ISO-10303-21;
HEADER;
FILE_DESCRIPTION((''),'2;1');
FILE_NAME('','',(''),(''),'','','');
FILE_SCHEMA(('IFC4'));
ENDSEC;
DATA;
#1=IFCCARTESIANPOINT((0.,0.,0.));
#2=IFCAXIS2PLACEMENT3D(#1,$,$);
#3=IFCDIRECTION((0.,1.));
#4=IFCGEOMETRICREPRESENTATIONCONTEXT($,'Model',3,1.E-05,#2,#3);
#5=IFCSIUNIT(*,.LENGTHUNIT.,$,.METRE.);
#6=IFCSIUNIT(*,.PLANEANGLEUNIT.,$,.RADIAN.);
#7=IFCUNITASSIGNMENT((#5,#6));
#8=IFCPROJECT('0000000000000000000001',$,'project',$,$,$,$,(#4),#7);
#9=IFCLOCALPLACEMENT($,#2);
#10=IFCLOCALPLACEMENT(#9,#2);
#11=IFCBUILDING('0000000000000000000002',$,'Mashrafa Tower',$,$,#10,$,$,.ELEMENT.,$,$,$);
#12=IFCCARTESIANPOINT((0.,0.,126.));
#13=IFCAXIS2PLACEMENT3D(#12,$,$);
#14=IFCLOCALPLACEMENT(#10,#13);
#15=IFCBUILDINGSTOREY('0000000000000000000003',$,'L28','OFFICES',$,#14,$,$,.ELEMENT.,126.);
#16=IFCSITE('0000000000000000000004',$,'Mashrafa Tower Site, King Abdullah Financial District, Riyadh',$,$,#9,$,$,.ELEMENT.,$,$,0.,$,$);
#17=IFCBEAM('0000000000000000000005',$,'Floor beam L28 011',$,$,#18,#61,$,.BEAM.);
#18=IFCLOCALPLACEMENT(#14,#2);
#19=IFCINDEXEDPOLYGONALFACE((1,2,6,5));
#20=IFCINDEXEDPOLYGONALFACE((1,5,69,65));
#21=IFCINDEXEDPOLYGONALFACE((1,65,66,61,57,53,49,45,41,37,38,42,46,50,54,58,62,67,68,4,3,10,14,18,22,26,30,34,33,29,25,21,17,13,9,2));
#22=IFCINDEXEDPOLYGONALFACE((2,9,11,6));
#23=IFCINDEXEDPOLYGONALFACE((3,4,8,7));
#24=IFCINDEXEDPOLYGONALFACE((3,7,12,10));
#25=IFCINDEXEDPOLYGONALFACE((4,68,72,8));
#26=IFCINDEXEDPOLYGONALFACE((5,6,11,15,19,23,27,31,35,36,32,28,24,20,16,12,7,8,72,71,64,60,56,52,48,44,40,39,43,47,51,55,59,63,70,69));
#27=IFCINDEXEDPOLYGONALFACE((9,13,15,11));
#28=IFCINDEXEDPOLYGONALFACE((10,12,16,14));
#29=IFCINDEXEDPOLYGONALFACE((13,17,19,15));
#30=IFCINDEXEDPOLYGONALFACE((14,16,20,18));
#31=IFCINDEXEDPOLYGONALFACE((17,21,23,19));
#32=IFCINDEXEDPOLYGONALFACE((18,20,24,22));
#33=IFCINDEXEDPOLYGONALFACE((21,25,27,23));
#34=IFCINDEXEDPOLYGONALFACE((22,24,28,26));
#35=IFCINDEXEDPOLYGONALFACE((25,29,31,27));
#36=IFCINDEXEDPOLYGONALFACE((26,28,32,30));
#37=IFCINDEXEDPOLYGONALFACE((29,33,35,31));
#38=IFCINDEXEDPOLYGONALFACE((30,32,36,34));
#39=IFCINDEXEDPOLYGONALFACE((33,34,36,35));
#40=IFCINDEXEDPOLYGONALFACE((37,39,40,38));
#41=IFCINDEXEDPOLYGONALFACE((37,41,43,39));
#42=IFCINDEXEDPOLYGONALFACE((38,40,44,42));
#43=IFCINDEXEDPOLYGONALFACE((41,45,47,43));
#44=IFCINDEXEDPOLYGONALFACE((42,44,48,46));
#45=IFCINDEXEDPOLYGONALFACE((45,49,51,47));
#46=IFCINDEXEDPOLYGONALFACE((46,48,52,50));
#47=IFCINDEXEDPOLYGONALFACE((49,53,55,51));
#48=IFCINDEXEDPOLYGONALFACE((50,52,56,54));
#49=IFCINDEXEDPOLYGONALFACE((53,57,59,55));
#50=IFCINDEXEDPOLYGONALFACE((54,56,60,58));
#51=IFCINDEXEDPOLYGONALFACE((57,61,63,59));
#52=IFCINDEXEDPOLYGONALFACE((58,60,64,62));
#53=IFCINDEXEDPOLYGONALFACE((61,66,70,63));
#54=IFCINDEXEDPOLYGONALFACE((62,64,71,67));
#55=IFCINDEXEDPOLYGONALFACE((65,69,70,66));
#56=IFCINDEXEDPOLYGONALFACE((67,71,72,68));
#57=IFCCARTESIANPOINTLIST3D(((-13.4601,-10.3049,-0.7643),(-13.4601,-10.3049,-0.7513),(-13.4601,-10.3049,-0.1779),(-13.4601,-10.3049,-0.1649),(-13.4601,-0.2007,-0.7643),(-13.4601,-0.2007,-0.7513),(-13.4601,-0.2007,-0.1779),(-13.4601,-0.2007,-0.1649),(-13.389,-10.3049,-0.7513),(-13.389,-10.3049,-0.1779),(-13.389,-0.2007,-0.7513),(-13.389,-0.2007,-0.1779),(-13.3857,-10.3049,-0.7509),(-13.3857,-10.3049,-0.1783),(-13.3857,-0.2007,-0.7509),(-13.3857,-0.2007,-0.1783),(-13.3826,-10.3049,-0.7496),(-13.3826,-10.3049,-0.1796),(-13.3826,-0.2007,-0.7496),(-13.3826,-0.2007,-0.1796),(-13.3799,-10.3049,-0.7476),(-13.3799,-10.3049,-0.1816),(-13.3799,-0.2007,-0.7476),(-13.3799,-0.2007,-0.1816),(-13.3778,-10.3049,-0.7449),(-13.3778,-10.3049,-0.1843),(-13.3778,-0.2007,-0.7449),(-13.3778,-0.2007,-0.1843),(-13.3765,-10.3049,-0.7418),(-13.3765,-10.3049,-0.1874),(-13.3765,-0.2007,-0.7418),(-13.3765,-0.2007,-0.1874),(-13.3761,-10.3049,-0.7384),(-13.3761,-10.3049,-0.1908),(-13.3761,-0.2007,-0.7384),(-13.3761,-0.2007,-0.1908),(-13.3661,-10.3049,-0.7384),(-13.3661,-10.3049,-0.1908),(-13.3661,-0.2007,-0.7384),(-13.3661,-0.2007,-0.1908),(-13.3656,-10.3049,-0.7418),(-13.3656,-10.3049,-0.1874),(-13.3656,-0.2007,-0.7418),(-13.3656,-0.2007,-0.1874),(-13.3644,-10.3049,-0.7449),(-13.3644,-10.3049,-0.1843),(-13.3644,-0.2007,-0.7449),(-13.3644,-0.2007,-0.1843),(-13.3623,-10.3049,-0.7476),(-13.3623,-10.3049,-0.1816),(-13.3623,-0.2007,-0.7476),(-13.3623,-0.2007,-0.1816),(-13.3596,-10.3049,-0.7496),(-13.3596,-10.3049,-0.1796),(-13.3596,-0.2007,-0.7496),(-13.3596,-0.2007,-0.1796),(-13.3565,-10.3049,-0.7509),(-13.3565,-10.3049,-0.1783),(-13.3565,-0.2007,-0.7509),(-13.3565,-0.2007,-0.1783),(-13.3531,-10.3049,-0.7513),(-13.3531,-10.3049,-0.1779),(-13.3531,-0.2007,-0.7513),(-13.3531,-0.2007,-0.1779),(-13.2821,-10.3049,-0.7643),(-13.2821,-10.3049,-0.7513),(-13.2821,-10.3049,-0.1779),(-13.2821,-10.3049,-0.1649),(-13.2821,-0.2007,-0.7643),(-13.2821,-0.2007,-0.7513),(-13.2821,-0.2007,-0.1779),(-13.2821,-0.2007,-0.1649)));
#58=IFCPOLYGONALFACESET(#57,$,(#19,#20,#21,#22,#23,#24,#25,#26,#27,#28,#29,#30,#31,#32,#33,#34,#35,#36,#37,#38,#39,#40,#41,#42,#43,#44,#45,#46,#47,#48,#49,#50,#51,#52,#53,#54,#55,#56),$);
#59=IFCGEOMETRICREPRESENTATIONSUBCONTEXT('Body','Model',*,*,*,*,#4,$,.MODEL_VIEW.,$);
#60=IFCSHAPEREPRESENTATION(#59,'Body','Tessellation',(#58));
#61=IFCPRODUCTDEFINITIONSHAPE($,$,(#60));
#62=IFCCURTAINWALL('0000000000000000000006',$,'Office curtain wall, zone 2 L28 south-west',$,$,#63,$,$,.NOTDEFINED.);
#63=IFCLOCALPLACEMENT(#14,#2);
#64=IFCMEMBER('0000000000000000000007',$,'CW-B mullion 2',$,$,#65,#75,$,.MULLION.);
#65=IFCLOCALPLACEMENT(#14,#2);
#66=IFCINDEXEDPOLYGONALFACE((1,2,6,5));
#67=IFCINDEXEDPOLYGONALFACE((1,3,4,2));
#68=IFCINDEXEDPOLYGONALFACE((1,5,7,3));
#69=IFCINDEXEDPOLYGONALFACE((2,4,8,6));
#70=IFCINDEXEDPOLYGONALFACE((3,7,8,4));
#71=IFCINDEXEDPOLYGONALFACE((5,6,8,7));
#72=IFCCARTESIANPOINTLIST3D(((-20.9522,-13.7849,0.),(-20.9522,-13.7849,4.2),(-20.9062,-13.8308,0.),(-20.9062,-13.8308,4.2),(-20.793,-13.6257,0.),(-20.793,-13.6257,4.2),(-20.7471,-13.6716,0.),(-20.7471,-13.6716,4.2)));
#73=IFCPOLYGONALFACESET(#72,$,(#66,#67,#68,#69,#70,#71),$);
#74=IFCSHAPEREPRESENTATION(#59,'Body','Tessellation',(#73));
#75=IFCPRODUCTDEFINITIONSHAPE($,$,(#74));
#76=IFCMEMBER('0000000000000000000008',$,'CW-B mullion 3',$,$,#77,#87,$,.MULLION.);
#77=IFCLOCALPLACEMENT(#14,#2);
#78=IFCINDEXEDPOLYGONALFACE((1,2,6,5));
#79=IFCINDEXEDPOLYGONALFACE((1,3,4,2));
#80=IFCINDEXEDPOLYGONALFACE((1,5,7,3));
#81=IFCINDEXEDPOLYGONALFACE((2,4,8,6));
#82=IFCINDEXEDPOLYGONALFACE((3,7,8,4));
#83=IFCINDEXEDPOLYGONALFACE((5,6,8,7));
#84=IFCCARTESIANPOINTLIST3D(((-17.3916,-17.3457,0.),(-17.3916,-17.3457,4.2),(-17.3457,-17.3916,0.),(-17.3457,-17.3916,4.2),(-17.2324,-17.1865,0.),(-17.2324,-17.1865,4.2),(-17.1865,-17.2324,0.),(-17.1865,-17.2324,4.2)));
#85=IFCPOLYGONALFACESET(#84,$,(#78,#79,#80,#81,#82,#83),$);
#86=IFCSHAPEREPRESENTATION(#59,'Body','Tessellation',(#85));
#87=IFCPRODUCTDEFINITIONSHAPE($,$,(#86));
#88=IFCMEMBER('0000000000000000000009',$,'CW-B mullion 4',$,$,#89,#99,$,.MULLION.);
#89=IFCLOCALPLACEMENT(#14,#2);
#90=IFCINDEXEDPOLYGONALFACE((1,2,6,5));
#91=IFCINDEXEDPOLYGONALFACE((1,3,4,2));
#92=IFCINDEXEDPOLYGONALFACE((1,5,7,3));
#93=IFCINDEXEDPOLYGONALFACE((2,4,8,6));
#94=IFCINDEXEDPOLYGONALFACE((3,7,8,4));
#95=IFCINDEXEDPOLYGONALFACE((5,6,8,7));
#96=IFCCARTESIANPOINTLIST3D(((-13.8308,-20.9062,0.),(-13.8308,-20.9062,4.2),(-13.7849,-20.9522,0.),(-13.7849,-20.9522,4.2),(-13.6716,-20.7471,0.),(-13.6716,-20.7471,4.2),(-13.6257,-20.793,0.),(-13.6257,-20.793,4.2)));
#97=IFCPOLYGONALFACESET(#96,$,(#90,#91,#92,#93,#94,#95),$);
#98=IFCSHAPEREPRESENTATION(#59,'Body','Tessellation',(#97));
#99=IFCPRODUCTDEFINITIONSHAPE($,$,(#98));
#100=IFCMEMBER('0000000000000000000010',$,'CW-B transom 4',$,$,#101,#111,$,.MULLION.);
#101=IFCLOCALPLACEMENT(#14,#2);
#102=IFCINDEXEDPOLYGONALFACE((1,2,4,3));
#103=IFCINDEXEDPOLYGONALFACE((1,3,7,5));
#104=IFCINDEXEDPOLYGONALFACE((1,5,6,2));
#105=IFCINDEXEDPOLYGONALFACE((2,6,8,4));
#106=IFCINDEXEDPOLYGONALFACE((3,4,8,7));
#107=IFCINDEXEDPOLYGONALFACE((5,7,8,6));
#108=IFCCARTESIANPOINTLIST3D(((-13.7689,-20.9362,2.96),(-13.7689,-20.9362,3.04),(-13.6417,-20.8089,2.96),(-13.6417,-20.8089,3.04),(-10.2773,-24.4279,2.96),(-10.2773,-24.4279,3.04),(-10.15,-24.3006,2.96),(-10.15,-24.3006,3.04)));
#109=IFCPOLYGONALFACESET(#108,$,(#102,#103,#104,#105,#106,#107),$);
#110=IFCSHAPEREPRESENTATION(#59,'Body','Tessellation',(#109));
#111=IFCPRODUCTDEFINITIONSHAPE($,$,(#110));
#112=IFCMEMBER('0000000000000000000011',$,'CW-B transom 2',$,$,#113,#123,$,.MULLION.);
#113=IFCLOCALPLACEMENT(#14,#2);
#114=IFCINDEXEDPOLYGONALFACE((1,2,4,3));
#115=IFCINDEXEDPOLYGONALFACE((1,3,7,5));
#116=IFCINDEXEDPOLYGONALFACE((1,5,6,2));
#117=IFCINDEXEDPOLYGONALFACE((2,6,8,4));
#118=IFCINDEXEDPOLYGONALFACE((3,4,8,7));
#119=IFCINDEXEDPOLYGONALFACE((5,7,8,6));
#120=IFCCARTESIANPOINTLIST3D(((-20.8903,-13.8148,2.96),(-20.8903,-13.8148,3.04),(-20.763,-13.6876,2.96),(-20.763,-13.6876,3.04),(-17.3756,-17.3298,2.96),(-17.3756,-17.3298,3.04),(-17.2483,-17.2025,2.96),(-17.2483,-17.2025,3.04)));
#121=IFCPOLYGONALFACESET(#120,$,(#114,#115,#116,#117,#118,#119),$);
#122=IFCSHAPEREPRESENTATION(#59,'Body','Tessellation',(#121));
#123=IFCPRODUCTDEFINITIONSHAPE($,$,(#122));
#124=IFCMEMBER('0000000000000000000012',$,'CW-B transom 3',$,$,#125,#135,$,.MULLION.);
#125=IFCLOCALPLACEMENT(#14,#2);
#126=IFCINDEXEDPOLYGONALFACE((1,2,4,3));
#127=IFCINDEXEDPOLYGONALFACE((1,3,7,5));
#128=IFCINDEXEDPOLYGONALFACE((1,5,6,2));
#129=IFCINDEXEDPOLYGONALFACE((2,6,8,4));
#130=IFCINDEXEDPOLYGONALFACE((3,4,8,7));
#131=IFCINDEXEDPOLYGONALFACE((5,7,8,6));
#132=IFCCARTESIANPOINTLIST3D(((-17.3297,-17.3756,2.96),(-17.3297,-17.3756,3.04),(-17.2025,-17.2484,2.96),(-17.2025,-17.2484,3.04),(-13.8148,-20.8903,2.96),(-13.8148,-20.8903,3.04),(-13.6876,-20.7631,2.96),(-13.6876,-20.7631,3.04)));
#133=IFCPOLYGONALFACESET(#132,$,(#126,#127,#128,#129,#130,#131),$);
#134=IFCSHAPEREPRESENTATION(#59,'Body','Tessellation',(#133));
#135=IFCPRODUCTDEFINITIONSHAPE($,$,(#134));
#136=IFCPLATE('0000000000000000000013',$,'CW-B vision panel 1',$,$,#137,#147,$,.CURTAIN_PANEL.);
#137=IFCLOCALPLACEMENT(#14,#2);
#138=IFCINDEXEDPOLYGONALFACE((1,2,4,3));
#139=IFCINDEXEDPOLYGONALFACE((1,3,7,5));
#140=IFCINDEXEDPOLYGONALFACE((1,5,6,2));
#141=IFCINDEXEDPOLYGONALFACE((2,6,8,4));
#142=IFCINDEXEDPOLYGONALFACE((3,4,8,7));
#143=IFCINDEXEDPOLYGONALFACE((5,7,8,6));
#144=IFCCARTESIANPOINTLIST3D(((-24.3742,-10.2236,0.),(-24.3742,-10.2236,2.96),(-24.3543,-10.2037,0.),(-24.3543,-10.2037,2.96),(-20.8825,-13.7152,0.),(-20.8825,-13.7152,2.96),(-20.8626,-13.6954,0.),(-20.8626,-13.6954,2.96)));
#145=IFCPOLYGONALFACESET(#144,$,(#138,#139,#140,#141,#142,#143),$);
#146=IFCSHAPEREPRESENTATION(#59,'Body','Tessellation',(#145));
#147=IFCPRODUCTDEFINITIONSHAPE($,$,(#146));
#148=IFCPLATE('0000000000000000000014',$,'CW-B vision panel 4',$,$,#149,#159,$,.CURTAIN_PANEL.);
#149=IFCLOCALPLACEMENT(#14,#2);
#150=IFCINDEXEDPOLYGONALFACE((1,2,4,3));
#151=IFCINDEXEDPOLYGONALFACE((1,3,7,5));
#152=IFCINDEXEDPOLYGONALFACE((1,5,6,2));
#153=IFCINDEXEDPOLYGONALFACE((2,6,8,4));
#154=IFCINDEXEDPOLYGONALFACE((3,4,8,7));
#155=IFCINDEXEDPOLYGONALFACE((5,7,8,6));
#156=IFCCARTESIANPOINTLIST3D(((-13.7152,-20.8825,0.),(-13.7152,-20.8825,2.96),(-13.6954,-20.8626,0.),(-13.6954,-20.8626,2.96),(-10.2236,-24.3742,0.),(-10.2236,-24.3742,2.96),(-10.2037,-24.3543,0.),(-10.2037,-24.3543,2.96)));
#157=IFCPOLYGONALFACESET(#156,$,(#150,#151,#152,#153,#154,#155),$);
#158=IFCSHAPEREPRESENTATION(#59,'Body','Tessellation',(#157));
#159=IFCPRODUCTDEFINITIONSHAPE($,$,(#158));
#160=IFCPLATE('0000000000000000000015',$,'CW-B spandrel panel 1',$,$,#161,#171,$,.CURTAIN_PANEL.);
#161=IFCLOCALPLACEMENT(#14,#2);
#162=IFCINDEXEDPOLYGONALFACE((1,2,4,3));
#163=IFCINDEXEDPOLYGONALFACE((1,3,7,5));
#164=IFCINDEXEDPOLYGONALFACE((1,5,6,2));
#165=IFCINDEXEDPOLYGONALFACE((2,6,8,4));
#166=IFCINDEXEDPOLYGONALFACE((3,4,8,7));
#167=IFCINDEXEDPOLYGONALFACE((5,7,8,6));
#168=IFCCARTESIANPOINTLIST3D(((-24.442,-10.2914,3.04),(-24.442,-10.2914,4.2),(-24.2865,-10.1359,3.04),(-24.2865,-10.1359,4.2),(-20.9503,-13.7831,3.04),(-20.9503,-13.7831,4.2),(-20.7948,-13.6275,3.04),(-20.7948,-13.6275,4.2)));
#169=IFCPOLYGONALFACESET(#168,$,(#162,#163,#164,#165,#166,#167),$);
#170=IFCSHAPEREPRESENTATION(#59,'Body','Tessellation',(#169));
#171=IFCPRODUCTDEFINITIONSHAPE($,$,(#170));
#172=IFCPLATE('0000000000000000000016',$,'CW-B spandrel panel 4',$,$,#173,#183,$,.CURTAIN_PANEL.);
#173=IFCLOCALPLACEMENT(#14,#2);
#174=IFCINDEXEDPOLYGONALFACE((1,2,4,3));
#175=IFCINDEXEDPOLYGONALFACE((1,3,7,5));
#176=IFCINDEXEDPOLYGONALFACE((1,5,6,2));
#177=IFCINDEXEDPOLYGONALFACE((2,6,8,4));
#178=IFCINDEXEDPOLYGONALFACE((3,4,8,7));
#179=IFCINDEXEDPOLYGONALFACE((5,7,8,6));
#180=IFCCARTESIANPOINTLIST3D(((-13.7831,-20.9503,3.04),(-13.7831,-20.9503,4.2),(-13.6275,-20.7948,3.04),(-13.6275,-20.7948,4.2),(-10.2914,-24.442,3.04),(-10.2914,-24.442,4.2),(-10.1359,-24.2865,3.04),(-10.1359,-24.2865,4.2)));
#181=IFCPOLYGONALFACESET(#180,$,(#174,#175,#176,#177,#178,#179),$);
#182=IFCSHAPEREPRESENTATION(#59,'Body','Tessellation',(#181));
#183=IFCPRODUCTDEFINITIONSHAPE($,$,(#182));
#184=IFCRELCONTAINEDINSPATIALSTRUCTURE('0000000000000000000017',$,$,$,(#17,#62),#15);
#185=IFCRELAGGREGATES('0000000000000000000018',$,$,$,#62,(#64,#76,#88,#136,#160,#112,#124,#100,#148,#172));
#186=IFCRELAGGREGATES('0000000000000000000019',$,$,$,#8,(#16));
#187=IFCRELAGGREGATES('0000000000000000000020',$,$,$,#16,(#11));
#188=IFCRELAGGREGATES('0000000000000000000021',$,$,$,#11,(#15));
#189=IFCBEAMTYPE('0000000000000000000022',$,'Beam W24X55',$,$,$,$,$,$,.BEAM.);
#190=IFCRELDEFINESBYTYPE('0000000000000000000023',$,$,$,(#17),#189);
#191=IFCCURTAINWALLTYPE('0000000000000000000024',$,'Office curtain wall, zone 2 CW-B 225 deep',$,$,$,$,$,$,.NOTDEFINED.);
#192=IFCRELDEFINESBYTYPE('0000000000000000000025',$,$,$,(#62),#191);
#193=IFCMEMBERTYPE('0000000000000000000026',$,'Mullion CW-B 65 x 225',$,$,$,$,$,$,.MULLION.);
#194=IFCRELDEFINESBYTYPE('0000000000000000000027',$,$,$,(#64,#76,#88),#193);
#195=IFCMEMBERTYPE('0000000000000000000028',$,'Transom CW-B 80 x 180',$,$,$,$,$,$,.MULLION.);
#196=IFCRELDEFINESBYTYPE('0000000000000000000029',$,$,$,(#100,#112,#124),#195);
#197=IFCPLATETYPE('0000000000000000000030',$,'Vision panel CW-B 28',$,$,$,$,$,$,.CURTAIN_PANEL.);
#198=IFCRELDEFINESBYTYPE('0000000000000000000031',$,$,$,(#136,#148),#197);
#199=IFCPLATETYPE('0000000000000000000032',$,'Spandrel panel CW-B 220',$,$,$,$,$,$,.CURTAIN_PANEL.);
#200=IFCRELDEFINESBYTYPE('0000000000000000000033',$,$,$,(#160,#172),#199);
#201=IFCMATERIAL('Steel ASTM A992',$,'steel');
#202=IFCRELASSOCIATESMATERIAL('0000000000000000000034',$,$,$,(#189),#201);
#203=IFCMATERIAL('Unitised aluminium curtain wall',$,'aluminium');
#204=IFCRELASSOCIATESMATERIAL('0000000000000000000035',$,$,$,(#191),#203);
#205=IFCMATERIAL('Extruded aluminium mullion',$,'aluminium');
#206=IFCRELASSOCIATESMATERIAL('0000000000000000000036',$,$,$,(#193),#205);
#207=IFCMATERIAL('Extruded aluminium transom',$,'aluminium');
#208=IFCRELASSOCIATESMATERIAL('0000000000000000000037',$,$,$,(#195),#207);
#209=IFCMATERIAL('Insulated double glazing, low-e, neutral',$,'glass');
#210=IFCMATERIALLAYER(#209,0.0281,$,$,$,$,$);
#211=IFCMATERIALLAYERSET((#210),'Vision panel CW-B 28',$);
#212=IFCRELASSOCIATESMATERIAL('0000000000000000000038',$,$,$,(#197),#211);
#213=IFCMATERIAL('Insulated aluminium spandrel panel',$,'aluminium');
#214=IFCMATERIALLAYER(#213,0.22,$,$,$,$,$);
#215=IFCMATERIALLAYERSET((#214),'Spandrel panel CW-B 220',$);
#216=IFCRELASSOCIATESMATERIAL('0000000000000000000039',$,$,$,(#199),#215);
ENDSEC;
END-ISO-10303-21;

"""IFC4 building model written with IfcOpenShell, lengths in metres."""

from ifc_helpers import new_model, si_unit, direction, frame, origin, origin_2d, place, context, subcontext, project, spatial, rectangle, i_section, extrude, source, transform, mapped, material, layer, layer_set, material_profile, profile_set, type_object, type_shapes, element, aggregate, save


model = new_model("IFC4")

# Units and contexts
model_context = context("Model", 3, precision=1e-05, world=origin(), true_north=direction((0.0, 1.0)))
body_context = subcontext(model_context, "Body", "Model", "MODEL_VIEW")
ifc_project = project(units=[si_unit("LENGTHUNIT", "METRE"), si_unit("PLANEANGLEUNIT", "RADIAN")], contexts=[model_context])

# Site, building, storey
site_placement = place(None, origin())
site = spatial("IfcSite", under=ifc_project, at=site_placement, Name="Mashrafa Tower Site, King Abdullah Financial District, Riyadh", CompositionType="ELEMENT", RefElevation=0.0)
building_placement = place(site_placement, origin())
building = spatial("IfcBuilding", under=site, at=building_placement, Name="Mashrafa Tower", CompositionType="ELEMENT")
storey_placement = place(building_placement, frame((0.0, 0.0, 126.0)))
storey = spatial("IfcBuildingStorey", under=building, at=storey_placement, Name="L28", Description="OFFICES", CompositionType="ELEMENT", Elevation=126.0)

# Beam
ifc_material_1 = material(Name="Steel ASTM A992", Category="steel")
ifc_material_profile_1 = material_profile(ifc_material_1, i_section(OverallWidth=0.178, OverallDepth=0.5994, WebThickness=0.01, FlangeThickness=0.0129, FilletRadius=0.0129, at=origin_2d()), Name="W24X55")
ifc_profile_set_1 = profile_set([ifc_material_profile_1], Name="Steel ASTM A992")
beam_type_1 = type_object("IfcBeamType", Name="Beam W24X55", PredefinedType="BEAM", material=ifc_profile_set_1)
beam_1_placement = place(storey_placement, frame((-13.3711, -10.3049, -0.4646), z_axis=(0.0, 1.0, 0.0), x_axis=(-1.0, 0.0, 0.0)))
element("IfcBeam", 1, at=beam_1_placement, inside=storey, type_object=beam_type_1, Name="Floor beam L28 011", PredefinedType="BEAM", context=body_context, shape_type="SweptSolid", body=[
    extrude(i_section(OverallWidth=0.178, OverallDepth=0.5994, WebThickness=0.01, FlangeThickness=0.0129, FilletRadius=0.0129, at=origin_2d()), origin(), (0.0, 0.0, 1.0), 10.1042),
])

# Curtain wall, members, plates
ifc_material_2 = material(Name="Unitised aluminium curtain wall", Category="aluminium")
curtain_wall_type = type_object("IfcCurtainWallType", Name="Office curtain wall, zone 2 CW-B 225 deep", PredefinedType="NOTDEFINED", material=ifc_material_2)
curtain_wall_placement = place(storey_placement, origin())
curtain_wall = element("IfcCurtainWall", 2, at=curtain_wall_placement, inside=storey, type_object=curtain_wall_type, Name="Office curtain wall, zone 2 L28 south-west", PredefinedType="NOTDEFINED")
ifc_material_3 = material(Name="Extruded aluminium mullion", Category="aluminium")
ifc_material_profile_2 = material_profile(ifc_material_3, rectangle(XDim=0.2251, YDim=0.0649, at=origin_2d()), Name="Mullion 65x225")
ifc_profile_set_2 = profile_set([ifc_material_profile_2], Name="Extruded aluminium mullion")
member_type_1 = type_object("IfcMemberType", Name="Mullion CW-B 65 x 225", PredefinedType="MULLION", material=ifc_profile_set_2)
shared_shape_1 = source(origin(), body_context, "Body", "SweptSolid", [
    extrude(rectangle(XDim=0.2251, YDim=0.0649, at=origin_2d()), origin(), (0.0, 0.0, 1.0), 4.2),
])
type_shapes(member_type_1, [shared_shape_1])
member_1_placement = place(storey_placement, frame((-20.8496, -13.7283, 0.0), z_axis=(0.0, 0.0, 1.0), x_axis=(0.707107, 0.707107, 0.0)))
member_1 = element("IfcMember", 3, at=member_1_placement, type_object=member_type_1, Name="CW-B mullion 2", PredefinedType="MULLION", context=body_context, shape_type="MappedRepresentation", body=[
    mapped(shared_shape_1, transform((0.0, 0.0, 0.0))),
])
member_2_placement = place(storey_placement, frame((-17.2891, -17.2891, 0.0), z_axis=(0.0, 0.0, 1.0), x_axis=(0.707107, 0.707107, 0.0)))
member_2 = element("IfcMember", 4, at=member_2_placement, type_object=member_type_1, Name="CW-B mullion 3", PredefinedType="MULLION", context=body_context, shape_type="MappedRepresentation", body=[
    mapped(shared_shape_1, transform((0.0, 0.0, 0.0))),
])
member_3_placement = place(storey_placement, frame((-13.7283, -20.8496, 0.0), z_axis=(0.0, 0.0, 1.0), x_axis=(0.707107, 0.707107, 0.0)))
member_3 = element("IfcMember", 5, at=member_3_placement, type_object=member_type_1, Name="CW-B mullion 4", PredefinedType="MULLION", context=body_context, shape_type="MappedRepresentation", body=[
    mapped(shared_shape_1, transform((0.0, 0.0, 0.0))),
])
ifc_material_4 = material(Name="Extruded aluminium transom", Category="aluminium")
ifc_material_profile_3 = material_profile(ifc_material_4, rectangle(XDim=0.1799, YDim=0.0801, at=origin_2d()), Name="Transom 80x180")
ifc_profile_set_3 = profile_set([ifc_material_profile_3], Name="Extruded aluminium transom")
member_type_2 = type_object("IfcMemberType", Name="Transom CW-B 80 x 180", PredefinedType="MULLION", material=ifc_profile_set_3)
shared_shape_2 = source(origin(), body_context, "Body", "SweptSolid", [
    extrude(rectangle(XDim=0.1799, YDim=0.0801, at=origin_2d()), origin(), (0.0, 0.0, 1.0), 4.938),
])
member_4_placement = place(storey_placement, frame((-13.7053, -20.8726, 3.0), z_axis=(0.707107, -0.707107, 0.0), x_axis=(0.707107, 0.707107, 0.0)))
member_4 = element("IfcMember", 6, at=member_4_placement, type_object=member_type_2, Name="CW-B transom 4", PredefinedType="MULLION", context=body_context, shape_type="MappedRepresentation", body=[
    mapped(shared_shape_2, transform((0.0, 0.0, 0.0))),
])
shared_shape_3 = source(origin(), body_context, "Body", "SweptSolid", [
    extrude(rectangle(XDim=0.1799, YDim=0.0801, at=origin_2d()), origin(), (0.0, 0.0, 1.0), 4.9707),
])
type_shapes(member_type_2, [shared_shape_2, shared_shape_3])
member_5_placement = place(storey_placement, frame((-20.8267, -13.7512, 3.0), z_axis=(0.707082, -0.707131, 0.0), x_axis=(0.707131, 0.707082, 0.0)))
member_5 = element("IfcMember", 7, at=member_5_placement, type_object=member_type_2, Name="CW-B transom 2", PredefinedType="MULLION", context=body_context, shape_type="MappedRepresentation", body=[
    mapped(shared_shape_3, transform((0.0, 0.0, 0.0))),
])
member_6_placement = place(storey_placement, frame((-17.2661, -17.312, 3.0), z_axis=(0.707131, -0.707082, 0.0), x_axis=(0.707082, 0.707131, 0.0)))
member_6 = element("IfcMember", 8, at=member_6_placement, type_object=member_type_2, Name="CW-B transom 3", PredefinedType="MULLION", context=body_context, shape_type="MappedRepresentation", body=[
    mapped(shared_shape_3, transform((0.0, 0.0, 0.0))),
])
ifc_material_5 = material(Name="Insulated double glazing, low-e, neutral", Category="glass")
ifc_layer_1 = layer(ifc_material_5, 0.0281)
ifc_layer_set_1 = layer_set([ifc_layer_1], Name="Vision panel CW-B 28")
plate_type_1 = type_object("IfcPlateType", Name="Vision panel CW-B 28", PredefinedType="CURTAIN_PANEL", material=ifc_layer_set_1)
shared_shape_4 = source(origin(), body_context, "Body", "SweptSolid", [
    extrude(rectangle(XDim=4.938, YDim=0.0281, at=origin_2d()), origin(), (0.0, 0.0, 1.0), 2.96),
])
plate_1_placement = place(storey_placement, frame((-22.6184, -11.9595, 0.0), z_axis=(0.0, 0.0, 1.0), x_axis=(0.707107, -0.707107, 0.0)))
plate_1 = element("IfcPlate", 9, at=plate_1_placement, type_object=plate_type_1, Name="CW-B vision panel 1", PredefinedType="CURTAIN_PANEL", context=body_context, shape_type="MappedRepresentation", body=[
    mapped(shared_shape_4, transform((0.0, 0.0, 0.0))),
])
plate_2_placement = place(storey_placement, frame((-11.9595, -22.6184, 0.0), z_axis=(0.0, 0.0, 1.0), x_axis=(0.707107, -0.707107, 0.0)))
plate_2 = element("IfcPlate", 10, at=plate_2_placement, type_object=plate_type_1, Name="CW-B vision panel 4", PredefinedType="CURTAIN_PANEL", context=body_context, shape_type="MappedRepresentation", body=[
    mapped(shared_shape_4, transform((0.0, 0.0, 0.0))),
])
ifc_material_6 = material(Name="Insulated aluminium spandrel panel", Category="aluminium")
ifc_layer_2 = layer(ifc_material_6, 0.22)
ifc_layer_set_2 = layer_set([ifc_layer_2], Name="Spandrel panel CW-B 220")
plate_type_2 = type_object("IfcPlateType", Name="Spandrel panel CW-B 220", PredefinedType="CURTAIN_PANEL", material=ifc_layer_set_2)
shared_shape_5 = source(origin(), body_context, "Body", "SweptSolid", [
    extrude(rectangle(XDim=4.938, YDim=0.22, at=origin_2d()), origin(), (0.0, 0.0, 1.0), 1.1599),
])
plate_3_placement = place(storey_placement, frame((-22.6184, -11.9595, 3.04), z_axis=(0.0, 0.0, 1.0), x_axis=(0.707107, -0.707107, 0.0)))
plate_3 = element("IfcPlate", 11, at=plate_3_placement, type_object=plate_type_2, Name="CW-B spandrel panel 1", PredefinedType="CURTAIN_PANEL", context=body_context, shape_type="MappedRepresentation", body=[
    mapped(shared_shape_5, transform((0.0, 0.0, 0.0))),
])
plate_4_placement = place(storey_placement, frame((-11.9595, -22.6184, 3.04), z_axis=(0.0, 0.0, 1.0), x_axis=(0.707107, -0.707107, 0.0)))
plate_4 = element("IfcPlate", 12, at=plate_4_placement, type_object=plate_type_2, Name="CW-B spandrel panel 4", PredefinedType="CURTAIN_PANEL", context=body_context, shape_type="MappedRepresentation", body=[
    mapped(shared_shape_5, transform((0.0, 0.0, 0.0))),
])
aggregate(curtain_wall, [member_1, member_2, member_3, plate_1, plate_3, member_5, member_6, member_4, plate_2, plate_4])

save(model, "model.ifc")
